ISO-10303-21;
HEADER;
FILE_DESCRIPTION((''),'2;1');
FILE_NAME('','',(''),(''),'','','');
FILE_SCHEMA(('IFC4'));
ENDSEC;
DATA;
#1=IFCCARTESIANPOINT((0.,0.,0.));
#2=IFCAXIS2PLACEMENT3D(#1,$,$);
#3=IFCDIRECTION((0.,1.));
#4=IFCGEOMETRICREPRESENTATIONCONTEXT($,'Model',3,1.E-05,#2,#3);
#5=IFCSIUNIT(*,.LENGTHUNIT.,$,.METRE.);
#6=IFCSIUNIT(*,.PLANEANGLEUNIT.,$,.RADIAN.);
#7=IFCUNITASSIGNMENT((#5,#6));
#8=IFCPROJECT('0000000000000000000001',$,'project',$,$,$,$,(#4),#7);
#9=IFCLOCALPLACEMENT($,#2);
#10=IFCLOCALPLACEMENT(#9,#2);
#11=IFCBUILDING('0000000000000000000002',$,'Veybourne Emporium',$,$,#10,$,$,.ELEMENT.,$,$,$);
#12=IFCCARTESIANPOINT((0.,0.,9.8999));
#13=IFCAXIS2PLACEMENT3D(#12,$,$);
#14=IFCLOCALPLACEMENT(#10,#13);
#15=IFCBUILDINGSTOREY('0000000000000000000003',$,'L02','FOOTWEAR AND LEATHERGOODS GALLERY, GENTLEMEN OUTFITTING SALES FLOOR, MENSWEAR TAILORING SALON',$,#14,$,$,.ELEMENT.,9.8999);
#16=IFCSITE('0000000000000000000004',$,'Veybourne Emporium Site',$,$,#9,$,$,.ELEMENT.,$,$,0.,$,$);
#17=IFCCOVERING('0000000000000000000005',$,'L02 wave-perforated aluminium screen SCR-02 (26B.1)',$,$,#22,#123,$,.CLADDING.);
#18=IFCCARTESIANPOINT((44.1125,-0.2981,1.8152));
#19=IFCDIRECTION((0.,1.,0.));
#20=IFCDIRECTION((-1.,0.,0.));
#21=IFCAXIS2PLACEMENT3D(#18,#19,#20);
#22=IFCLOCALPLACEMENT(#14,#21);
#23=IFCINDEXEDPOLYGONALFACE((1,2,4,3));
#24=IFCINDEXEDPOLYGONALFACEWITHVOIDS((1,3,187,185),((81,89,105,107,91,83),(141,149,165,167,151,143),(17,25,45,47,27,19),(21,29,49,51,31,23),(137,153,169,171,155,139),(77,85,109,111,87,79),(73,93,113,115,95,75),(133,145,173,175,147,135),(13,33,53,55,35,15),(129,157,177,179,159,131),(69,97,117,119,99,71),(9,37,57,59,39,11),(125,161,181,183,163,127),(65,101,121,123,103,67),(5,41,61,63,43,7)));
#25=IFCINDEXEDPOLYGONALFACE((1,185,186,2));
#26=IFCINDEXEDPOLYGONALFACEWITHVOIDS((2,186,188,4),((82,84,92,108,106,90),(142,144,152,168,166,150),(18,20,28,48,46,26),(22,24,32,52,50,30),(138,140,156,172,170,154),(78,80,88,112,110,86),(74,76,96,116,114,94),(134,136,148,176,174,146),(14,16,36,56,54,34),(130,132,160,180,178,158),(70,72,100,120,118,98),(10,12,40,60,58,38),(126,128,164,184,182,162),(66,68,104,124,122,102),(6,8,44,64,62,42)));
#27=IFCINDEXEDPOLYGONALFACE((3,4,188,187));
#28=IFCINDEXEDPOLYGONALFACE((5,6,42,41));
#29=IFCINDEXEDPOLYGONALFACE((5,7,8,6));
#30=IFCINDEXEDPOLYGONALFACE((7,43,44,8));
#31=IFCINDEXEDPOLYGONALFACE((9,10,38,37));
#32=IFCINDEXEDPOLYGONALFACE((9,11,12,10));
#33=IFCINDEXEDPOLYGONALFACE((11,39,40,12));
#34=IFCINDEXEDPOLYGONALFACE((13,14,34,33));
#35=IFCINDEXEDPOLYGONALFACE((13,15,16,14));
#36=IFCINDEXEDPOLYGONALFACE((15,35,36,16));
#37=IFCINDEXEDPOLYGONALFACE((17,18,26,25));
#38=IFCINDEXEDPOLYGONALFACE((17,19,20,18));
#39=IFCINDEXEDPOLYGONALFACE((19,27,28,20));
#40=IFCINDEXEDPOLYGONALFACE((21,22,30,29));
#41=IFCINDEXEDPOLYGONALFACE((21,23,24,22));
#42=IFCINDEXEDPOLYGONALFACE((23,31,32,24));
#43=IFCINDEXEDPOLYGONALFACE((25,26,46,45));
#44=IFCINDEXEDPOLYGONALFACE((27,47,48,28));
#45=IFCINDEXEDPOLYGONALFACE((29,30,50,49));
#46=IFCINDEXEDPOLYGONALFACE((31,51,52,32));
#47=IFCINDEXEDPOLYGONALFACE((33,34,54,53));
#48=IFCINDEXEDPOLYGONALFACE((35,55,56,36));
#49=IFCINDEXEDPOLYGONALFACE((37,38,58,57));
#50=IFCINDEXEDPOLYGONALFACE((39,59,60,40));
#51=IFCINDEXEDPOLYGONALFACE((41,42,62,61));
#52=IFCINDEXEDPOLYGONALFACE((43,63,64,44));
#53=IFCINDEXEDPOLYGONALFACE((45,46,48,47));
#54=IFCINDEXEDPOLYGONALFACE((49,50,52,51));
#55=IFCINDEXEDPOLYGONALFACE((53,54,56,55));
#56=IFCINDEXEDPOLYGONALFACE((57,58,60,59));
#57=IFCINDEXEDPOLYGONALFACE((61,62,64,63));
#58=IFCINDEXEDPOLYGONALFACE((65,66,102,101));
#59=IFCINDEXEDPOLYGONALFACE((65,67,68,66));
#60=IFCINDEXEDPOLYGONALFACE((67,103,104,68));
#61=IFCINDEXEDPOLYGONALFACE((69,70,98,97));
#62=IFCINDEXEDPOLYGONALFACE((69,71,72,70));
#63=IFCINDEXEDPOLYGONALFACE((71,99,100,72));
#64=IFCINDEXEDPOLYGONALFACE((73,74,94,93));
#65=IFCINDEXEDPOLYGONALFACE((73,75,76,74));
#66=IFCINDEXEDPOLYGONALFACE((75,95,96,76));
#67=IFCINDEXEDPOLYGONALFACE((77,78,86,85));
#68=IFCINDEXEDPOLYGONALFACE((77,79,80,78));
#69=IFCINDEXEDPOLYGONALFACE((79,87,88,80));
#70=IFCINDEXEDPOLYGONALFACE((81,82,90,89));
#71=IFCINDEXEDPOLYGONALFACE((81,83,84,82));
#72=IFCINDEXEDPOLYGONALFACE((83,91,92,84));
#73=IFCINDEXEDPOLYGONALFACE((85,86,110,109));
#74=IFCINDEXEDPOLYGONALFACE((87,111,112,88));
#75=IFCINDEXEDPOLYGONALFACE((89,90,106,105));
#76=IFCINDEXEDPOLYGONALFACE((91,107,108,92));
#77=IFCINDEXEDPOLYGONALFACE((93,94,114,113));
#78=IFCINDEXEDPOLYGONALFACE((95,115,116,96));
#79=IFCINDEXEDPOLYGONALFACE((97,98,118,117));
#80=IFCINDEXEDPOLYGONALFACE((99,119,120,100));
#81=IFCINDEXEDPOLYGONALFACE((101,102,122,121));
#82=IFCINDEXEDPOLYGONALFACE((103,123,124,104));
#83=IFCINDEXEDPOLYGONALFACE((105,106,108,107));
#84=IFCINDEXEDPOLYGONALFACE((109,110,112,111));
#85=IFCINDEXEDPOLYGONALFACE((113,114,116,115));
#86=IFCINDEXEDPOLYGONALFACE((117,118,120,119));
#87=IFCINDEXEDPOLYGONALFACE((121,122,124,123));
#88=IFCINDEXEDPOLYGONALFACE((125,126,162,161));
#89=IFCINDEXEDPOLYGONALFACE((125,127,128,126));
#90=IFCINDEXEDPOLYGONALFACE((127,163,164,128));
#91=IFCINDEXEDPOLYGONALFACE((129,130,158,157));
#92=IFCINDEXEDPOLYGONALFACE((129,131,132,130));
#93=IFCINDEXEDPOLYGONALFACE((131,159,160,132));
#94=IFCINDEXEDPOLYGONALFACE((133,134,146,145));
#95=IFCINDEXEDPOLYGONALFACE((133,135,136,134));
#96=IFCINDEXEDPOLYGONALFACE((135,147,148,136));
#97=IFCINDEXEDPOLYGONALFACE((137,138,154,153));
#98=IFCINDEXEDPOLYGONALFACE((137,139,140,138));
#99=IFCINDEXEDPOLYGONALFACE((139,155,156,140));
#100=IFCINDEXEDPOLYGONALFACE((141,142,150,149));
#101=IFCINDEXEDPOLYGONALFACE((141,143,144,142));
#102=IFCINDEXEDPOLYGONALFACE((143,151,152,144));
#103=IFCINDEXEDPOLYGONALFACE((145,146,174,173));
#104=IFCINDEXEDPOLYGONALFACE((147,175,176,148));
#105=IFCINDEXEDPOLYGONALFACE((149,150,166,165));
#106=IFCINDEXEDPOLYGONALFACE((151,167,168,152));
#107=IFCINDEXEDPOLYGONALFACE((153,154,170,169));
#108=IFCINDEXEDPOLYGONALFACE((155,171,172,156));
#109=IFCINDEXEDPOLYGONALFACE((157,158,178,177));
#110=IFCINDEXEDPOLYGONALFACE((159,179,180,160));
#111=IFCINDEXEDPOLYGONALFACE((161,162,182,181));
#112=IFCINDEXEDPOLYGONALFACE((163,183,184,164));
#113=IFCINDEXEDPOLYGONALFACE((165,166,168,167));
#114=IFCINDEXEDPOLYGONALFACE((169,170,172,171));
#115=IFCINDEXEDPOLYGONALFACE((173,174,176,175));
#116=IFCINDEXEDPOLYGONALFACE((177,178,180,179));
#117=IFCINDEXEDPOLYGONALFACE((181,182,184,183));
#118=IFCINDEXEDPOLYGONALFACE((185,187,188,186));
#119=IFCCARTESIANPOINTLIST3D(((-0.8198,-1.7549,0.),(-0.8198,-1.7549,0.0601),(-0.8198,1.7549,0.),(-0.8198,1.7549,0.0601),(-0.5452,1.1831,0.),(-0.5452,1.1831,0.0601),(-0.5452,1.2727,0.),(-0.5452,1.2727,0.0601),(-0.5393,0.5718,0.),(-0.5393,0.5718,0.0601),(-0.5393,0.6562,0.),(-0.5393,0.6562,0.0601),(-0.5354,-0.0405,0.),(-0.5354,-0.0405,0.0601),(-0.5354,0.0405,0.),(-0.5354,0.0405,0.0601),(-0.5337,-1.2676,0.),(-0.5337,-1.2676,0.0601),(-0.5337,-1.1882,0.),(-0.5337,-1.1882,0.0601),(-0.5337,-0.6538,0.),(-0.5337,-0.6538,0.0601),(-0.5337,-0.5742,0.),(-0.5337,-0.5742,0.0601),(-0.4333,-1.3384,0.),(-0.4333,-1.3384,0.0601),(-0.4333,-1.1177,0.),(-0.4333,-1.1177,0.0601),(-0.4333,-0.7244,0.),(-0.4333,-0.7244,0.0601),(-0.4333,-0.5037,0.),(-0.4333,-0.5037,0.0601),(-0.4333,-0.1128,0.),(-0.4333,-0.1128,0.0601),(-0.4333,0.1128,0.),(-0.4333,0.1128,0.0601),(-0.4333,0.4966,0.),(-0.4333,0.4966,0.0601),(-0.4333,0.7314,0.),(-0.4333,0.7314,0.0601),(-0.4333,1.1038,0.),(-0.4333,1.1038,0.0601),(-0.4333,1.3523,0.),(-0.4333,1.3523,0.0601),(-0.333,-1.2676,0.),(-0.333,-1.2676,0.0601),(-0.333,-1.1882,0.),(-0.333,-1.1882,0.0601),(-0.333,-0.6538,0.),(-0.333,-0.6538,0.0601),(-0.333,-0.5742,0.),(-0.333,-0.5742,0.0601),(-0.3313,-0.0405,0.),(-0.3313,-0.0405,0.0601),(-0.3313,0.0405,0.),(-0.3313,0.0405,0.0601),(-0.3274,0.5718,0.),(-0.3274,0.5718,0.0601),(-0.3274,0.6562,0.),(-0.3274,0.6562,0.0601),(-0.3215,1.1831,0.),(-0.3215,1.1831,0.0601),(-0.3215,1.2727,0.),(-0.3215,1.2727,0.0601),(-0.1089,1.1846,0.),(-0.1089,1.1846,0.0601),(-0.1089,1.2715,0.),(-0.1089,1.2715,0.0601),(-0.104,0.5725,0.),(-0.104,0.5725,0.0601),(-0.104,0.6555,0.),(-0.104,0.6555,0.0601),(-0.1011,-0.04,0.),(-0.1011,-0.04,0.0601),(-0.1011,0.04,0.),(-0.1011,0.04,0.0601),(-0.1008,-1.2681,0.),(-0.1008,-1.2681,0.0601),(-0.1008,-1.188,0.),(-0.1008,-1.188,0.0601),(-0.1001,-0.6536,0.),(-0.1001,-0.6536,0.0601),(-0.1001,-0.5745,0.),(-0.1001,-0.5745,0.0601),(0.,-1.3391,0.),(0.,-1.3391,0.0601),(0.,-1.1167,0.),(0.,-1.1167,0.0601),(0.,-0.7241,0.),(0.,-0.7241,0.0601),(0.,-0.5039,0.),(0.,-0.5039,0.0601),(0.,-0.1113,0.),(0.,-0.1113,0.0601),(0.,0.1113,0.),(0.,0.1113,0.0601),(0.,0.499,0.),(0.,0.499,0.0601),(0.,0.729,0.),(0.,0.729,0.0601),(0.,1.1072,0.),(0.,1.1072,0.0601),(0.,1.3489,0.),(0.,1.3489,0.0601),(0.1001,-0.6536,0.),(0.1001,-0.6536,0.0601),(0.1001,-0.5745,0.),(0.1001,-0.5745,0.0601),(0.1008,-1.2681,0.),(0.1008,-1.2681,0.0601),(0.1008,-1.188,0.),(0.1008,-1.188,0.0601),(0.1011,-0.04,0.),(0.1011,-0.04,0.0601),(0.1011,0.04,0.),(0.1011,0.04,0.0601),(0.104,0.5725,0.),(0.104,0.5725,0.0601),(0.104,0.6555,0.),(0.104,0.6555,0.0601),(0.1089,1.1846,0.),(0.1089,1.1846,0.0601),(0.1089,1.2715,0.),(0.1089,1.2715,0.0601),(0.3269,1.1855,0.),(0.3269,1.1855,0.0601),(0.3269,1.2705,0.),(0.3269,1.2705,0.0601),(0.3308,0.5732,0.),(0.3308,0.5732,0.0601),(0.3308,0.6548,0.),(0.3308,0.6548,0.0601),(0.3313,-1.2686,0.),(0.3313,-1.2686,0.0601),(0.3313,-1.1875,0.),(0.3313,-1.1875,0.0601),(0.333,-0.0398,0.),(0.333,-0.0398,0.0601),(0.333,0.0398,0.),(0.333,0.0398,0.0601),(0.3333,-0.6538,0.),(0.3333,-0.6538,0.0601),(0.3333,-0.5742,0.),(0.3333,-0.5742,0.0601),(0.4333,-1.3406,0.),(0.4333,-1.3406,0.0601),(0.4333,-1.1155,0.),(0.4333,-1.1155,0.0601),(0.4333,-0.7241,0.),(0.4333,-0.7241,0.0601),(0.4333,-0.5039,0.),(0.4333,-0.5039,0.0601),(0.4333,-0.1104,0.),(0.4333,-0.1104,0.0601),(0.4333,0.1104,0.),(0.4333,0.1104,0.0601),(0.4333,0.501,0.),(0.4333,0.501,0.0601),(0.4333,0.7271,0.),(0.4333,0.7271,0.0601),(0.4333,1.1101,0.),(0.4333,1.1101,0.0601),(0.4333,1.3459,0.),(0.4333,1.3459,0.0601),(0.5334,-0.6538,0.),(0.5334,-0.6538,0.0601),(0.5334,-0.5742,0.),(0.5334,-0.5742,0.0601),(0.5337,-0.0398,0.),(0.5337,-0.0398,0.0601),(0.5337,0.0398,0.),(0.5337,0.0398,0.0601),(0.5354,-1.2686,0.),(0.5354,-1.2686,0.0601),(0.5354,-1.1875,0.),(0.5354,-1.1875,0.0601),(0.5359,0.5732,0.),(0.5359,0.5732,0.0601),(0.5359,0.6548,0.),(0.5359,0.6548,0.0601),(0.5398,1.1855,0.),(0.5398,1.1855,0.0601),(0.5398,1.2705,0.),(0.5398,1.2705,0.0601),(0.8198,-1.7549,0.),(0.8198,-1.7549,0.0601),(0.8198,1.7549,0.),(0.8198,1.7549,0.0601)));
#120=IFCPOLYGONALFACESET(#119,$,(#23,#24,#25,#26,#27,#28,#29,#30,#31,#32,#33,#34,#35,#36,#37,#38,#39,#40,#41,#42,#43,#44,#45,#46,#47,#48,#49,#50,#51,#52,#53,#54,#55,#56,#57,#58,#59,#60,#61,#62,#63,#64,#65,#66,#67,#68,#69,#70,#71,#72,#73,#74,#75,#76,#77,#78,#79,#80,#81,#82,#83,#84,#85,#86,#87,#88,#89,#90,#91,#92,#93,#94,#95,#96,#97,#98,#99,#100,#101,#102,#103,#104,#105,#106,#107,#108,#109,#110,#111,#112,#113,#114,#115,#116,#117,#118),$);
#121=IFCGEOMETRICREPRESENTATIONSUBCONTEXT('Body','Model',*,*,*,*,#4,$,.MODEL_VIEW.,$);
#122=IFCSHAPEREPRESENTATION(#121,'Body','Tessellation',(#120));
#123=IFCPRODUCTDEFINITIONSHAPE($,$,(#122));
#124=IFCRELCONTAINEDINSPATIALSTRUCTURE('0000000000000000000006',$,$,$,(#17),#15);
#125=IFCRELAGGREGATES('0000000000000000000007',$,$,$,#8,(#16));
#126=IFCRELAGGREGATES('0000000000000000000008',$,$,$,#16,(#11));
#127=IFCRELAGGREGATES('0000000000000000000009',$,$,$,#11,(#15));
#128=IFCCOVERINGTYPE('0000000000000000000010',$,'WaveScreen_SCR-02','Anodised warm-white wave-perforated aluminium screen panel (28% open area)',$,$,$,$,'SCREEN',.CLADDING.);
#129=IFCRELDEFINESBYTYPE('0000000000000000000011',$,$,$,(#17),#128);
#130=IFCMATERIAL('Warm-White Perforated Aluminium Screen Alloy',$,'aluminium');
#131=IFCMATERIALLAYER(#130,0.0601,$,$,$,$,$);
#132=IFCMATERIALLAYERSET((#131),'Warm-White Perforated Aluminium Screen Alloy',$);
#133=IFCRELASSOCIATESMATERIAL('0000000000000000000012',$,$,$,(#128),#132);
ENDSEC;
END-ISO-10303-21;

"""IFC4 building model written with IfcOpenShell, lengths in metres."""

from ifc_helpers import new_model, si_unit, direction, frame, origin, place, context, subcontext, project, spatial, polyline, outline, extrude, material, layer, layer_set, type_object, element, save


model = new_model("IFC4")

# Units and contexts
model_context = context("Model", 3, precision=1e-05, world=origin(), true_north=direction((0.0, 1.0)))
body_context = subcontext(model_context, "Body", "Model", "MODEL_VIEW")
ifc_project = project(units=[si_unit("LENGTHUNIT", "METRE"), si_unit("PLANEANGLEUNIT", "RADIAN")], contexts=[model_context])

# Site, building, storey
site_placement = place(None, origin())
site = spatial("IfcSite", under=ifc_project, at=site_placement, Name="Veybourne Emporium Site", CompositionType="ELEMENT", RefElevation=0.0)
building_placement = place(site_placement, origin())
building = spatial("IfcBuilding", under=site, at=building_placement, Name="Veybourne Emporium", CompositionType="ELEMENT")
storey_placement = place(building_placement, frame((0.0, 0.0, 9.8999)))
storey = spatial("IfcBuildingStorey", under=building, at=storey_placement, Name="L02", Description="FOOTWEAR AND LEATHERGOODS GALLERY, GENTLEMEN OUTFITTING SALES FLOOR, MENSWEAR TAILORING SALON", CompositionType="ELEMENT", Elevation=9.8999)

# Covering
ifc_material_1 = material(Name="Warm-White Perforated Aluminium Screen Alloy", Category="aluminium")
ifc_layer_1 = layer(ifc_material_1, 0.0601)
ifc_layer_set_1 = layer_set([ifc_layer_1], Name="Warm-White Perforated Aluminium Screen Alloy")
covering_type_1 = type_object("IfcCoveringType", Name="WaveScreen_SCR-02", Description="Anodised warm-white wave-perforated aluminium screen panel (28% open area)", ElementType="SCREEN", PredefinedType="CLADDING", material=ifc_layer_set_1)
covering_1_placement = place(storey_placement, frame((44.1125, -0.2981, 1.8152), z_axis=(0.0, 1.0, 0.0), x_axis=(-1.0, 0.0, 0.0)))
element("IfcCovering", 1, at=covering_1_placement, inside=storey, type_object=covering_type_1, Name="L02 wave-perforated aluminium screen SCR-02 (26B.1)", PredefinedType="CLADDING", context=body_context, shape_type="SweptSolid", body=[
    extrude(outline(polyline([(-0.8198, -1.7549), (0.8198, -1.7549), (0.8198, 1.7549), (-0.8198, 1.7549), (-0.8198, -1.7549)]), holes=[polyline([(-0.4333, -1.1177), (-0.333, -1.1882), (-0.333, -1.2676), (-0.4333, -1.3384), (-0.5337, -1.2676), (-0.5337, -1.1882), (-0.4333, -1.1177)]), polyline([(-0.4333, -0.5037), (-0.333, -0.5742), (-0.333, -0.6538), (-0.4333, -0.7244), (-0.5337, -0.6538), (-0.5337, -0.5742), (-0.4333, -0.5037)]), polyline([(-0.4333, 0.1128), (-0.3313, 0.0405), (-0.3313, -0.0405), (-0.4333, -0.1128), (-0.5354, -0.0405), (-0.5354, 0.0405), (-0.4333, 0.1128)]), polyline([(-0.4333, 0.7314), (-0.3274, 0.6562), (-0.3274, 0.5718), (-0.4333, 0.4966), (-0.5393, 0.5718), (-0.5393, 0.6562), (-0.4333, 0.7314)]), polyline([(-0.4333, 1.3523), (-0.3215, 1.2727), (-0.3215, 1.1831), (-0.4333, 1.1038), (-0.5452, 1.1831), (-0.5452, 1.2727), (-0.4333, 1.3523)]), polyline([(0.0, -1.1167), (0.1008, -1.188), (0.1008, -1.2681), (0.0, -1.3391), (-0.1008, -1.2681), (-0.1008, -1.188), (0.0, -1.1167)]), polyline([(0.0, -0.5039), (0.1001, -0.5745), (0.1001, -0.6536), (0.0, -0.7241), (-0.1001, -0.6536), (-0.1001, -0.5745), (0.0, -0.5039)]), polyline([(0.0, 0.1113), (0.1011, 0.04), (0.1011, -0.04), (0.0, -0.1113), (-0.1011, -0.04), (-0.1011, 0.04), (0.0, 0.1113)]), polyline([(0.0, 0.729), (0.104, 0.6555), (0.104, 0.5725), (0.0, 0.499), (-0.104, 0.5725), (-0.104, 0.6555), (0.0, 0.729)]), polyline([(0.0, 1.3489), (0.1089, 1.2715), (0.1089, 1.1846), (0.0, 1.1072), (-0.1089, 1.1846), (-0.1089, 1.2715), (0.0, 1.3489)]), polyline([(0.4333, -1.1155), (0.5354, -1.1875), (0.5354, -1.2686), (0.4333, -1.3406), (0.3313, -1.2686), (0.3313, -1.1875), (0.4333, -1.1155)]), polyline([(0.4333, -0.5039), (0.5334, -0.5742), (0.5334, -0.6538), (0.4333, -0.7241), (0.3333, -0.6538), (0.3333, -0.5742), (0.4333, -0.5039)]), polyline([(0.4333, 0.1104), (0.5337, 0.0398), (0.5337, -0.0398), (0.4333, -0.1104), (0.333, -0.0398), (0.333, 0.0398), (0.4333, 0.1104)]), polyline([(0.4333, 0.7271), (0.5359, 0.6548), (0.5359, 0.5732), (0.4333, 0.501), (0.3308, 0.5732), (0.3308, 0.6548), (0.4333, 0.7271)]), polyline([(0.4333, 1.3459), (0.5398, 1.2705), (0.5398, 1.1855), (0.4333, 1.1101), (0.3269, 1.1855), (0.3269, 1.2705), (0.4333, 1.3459)])]), origin(), (0.0, 0.0, 1.0), 0.0601),
])

save(model, "model.ifc")
